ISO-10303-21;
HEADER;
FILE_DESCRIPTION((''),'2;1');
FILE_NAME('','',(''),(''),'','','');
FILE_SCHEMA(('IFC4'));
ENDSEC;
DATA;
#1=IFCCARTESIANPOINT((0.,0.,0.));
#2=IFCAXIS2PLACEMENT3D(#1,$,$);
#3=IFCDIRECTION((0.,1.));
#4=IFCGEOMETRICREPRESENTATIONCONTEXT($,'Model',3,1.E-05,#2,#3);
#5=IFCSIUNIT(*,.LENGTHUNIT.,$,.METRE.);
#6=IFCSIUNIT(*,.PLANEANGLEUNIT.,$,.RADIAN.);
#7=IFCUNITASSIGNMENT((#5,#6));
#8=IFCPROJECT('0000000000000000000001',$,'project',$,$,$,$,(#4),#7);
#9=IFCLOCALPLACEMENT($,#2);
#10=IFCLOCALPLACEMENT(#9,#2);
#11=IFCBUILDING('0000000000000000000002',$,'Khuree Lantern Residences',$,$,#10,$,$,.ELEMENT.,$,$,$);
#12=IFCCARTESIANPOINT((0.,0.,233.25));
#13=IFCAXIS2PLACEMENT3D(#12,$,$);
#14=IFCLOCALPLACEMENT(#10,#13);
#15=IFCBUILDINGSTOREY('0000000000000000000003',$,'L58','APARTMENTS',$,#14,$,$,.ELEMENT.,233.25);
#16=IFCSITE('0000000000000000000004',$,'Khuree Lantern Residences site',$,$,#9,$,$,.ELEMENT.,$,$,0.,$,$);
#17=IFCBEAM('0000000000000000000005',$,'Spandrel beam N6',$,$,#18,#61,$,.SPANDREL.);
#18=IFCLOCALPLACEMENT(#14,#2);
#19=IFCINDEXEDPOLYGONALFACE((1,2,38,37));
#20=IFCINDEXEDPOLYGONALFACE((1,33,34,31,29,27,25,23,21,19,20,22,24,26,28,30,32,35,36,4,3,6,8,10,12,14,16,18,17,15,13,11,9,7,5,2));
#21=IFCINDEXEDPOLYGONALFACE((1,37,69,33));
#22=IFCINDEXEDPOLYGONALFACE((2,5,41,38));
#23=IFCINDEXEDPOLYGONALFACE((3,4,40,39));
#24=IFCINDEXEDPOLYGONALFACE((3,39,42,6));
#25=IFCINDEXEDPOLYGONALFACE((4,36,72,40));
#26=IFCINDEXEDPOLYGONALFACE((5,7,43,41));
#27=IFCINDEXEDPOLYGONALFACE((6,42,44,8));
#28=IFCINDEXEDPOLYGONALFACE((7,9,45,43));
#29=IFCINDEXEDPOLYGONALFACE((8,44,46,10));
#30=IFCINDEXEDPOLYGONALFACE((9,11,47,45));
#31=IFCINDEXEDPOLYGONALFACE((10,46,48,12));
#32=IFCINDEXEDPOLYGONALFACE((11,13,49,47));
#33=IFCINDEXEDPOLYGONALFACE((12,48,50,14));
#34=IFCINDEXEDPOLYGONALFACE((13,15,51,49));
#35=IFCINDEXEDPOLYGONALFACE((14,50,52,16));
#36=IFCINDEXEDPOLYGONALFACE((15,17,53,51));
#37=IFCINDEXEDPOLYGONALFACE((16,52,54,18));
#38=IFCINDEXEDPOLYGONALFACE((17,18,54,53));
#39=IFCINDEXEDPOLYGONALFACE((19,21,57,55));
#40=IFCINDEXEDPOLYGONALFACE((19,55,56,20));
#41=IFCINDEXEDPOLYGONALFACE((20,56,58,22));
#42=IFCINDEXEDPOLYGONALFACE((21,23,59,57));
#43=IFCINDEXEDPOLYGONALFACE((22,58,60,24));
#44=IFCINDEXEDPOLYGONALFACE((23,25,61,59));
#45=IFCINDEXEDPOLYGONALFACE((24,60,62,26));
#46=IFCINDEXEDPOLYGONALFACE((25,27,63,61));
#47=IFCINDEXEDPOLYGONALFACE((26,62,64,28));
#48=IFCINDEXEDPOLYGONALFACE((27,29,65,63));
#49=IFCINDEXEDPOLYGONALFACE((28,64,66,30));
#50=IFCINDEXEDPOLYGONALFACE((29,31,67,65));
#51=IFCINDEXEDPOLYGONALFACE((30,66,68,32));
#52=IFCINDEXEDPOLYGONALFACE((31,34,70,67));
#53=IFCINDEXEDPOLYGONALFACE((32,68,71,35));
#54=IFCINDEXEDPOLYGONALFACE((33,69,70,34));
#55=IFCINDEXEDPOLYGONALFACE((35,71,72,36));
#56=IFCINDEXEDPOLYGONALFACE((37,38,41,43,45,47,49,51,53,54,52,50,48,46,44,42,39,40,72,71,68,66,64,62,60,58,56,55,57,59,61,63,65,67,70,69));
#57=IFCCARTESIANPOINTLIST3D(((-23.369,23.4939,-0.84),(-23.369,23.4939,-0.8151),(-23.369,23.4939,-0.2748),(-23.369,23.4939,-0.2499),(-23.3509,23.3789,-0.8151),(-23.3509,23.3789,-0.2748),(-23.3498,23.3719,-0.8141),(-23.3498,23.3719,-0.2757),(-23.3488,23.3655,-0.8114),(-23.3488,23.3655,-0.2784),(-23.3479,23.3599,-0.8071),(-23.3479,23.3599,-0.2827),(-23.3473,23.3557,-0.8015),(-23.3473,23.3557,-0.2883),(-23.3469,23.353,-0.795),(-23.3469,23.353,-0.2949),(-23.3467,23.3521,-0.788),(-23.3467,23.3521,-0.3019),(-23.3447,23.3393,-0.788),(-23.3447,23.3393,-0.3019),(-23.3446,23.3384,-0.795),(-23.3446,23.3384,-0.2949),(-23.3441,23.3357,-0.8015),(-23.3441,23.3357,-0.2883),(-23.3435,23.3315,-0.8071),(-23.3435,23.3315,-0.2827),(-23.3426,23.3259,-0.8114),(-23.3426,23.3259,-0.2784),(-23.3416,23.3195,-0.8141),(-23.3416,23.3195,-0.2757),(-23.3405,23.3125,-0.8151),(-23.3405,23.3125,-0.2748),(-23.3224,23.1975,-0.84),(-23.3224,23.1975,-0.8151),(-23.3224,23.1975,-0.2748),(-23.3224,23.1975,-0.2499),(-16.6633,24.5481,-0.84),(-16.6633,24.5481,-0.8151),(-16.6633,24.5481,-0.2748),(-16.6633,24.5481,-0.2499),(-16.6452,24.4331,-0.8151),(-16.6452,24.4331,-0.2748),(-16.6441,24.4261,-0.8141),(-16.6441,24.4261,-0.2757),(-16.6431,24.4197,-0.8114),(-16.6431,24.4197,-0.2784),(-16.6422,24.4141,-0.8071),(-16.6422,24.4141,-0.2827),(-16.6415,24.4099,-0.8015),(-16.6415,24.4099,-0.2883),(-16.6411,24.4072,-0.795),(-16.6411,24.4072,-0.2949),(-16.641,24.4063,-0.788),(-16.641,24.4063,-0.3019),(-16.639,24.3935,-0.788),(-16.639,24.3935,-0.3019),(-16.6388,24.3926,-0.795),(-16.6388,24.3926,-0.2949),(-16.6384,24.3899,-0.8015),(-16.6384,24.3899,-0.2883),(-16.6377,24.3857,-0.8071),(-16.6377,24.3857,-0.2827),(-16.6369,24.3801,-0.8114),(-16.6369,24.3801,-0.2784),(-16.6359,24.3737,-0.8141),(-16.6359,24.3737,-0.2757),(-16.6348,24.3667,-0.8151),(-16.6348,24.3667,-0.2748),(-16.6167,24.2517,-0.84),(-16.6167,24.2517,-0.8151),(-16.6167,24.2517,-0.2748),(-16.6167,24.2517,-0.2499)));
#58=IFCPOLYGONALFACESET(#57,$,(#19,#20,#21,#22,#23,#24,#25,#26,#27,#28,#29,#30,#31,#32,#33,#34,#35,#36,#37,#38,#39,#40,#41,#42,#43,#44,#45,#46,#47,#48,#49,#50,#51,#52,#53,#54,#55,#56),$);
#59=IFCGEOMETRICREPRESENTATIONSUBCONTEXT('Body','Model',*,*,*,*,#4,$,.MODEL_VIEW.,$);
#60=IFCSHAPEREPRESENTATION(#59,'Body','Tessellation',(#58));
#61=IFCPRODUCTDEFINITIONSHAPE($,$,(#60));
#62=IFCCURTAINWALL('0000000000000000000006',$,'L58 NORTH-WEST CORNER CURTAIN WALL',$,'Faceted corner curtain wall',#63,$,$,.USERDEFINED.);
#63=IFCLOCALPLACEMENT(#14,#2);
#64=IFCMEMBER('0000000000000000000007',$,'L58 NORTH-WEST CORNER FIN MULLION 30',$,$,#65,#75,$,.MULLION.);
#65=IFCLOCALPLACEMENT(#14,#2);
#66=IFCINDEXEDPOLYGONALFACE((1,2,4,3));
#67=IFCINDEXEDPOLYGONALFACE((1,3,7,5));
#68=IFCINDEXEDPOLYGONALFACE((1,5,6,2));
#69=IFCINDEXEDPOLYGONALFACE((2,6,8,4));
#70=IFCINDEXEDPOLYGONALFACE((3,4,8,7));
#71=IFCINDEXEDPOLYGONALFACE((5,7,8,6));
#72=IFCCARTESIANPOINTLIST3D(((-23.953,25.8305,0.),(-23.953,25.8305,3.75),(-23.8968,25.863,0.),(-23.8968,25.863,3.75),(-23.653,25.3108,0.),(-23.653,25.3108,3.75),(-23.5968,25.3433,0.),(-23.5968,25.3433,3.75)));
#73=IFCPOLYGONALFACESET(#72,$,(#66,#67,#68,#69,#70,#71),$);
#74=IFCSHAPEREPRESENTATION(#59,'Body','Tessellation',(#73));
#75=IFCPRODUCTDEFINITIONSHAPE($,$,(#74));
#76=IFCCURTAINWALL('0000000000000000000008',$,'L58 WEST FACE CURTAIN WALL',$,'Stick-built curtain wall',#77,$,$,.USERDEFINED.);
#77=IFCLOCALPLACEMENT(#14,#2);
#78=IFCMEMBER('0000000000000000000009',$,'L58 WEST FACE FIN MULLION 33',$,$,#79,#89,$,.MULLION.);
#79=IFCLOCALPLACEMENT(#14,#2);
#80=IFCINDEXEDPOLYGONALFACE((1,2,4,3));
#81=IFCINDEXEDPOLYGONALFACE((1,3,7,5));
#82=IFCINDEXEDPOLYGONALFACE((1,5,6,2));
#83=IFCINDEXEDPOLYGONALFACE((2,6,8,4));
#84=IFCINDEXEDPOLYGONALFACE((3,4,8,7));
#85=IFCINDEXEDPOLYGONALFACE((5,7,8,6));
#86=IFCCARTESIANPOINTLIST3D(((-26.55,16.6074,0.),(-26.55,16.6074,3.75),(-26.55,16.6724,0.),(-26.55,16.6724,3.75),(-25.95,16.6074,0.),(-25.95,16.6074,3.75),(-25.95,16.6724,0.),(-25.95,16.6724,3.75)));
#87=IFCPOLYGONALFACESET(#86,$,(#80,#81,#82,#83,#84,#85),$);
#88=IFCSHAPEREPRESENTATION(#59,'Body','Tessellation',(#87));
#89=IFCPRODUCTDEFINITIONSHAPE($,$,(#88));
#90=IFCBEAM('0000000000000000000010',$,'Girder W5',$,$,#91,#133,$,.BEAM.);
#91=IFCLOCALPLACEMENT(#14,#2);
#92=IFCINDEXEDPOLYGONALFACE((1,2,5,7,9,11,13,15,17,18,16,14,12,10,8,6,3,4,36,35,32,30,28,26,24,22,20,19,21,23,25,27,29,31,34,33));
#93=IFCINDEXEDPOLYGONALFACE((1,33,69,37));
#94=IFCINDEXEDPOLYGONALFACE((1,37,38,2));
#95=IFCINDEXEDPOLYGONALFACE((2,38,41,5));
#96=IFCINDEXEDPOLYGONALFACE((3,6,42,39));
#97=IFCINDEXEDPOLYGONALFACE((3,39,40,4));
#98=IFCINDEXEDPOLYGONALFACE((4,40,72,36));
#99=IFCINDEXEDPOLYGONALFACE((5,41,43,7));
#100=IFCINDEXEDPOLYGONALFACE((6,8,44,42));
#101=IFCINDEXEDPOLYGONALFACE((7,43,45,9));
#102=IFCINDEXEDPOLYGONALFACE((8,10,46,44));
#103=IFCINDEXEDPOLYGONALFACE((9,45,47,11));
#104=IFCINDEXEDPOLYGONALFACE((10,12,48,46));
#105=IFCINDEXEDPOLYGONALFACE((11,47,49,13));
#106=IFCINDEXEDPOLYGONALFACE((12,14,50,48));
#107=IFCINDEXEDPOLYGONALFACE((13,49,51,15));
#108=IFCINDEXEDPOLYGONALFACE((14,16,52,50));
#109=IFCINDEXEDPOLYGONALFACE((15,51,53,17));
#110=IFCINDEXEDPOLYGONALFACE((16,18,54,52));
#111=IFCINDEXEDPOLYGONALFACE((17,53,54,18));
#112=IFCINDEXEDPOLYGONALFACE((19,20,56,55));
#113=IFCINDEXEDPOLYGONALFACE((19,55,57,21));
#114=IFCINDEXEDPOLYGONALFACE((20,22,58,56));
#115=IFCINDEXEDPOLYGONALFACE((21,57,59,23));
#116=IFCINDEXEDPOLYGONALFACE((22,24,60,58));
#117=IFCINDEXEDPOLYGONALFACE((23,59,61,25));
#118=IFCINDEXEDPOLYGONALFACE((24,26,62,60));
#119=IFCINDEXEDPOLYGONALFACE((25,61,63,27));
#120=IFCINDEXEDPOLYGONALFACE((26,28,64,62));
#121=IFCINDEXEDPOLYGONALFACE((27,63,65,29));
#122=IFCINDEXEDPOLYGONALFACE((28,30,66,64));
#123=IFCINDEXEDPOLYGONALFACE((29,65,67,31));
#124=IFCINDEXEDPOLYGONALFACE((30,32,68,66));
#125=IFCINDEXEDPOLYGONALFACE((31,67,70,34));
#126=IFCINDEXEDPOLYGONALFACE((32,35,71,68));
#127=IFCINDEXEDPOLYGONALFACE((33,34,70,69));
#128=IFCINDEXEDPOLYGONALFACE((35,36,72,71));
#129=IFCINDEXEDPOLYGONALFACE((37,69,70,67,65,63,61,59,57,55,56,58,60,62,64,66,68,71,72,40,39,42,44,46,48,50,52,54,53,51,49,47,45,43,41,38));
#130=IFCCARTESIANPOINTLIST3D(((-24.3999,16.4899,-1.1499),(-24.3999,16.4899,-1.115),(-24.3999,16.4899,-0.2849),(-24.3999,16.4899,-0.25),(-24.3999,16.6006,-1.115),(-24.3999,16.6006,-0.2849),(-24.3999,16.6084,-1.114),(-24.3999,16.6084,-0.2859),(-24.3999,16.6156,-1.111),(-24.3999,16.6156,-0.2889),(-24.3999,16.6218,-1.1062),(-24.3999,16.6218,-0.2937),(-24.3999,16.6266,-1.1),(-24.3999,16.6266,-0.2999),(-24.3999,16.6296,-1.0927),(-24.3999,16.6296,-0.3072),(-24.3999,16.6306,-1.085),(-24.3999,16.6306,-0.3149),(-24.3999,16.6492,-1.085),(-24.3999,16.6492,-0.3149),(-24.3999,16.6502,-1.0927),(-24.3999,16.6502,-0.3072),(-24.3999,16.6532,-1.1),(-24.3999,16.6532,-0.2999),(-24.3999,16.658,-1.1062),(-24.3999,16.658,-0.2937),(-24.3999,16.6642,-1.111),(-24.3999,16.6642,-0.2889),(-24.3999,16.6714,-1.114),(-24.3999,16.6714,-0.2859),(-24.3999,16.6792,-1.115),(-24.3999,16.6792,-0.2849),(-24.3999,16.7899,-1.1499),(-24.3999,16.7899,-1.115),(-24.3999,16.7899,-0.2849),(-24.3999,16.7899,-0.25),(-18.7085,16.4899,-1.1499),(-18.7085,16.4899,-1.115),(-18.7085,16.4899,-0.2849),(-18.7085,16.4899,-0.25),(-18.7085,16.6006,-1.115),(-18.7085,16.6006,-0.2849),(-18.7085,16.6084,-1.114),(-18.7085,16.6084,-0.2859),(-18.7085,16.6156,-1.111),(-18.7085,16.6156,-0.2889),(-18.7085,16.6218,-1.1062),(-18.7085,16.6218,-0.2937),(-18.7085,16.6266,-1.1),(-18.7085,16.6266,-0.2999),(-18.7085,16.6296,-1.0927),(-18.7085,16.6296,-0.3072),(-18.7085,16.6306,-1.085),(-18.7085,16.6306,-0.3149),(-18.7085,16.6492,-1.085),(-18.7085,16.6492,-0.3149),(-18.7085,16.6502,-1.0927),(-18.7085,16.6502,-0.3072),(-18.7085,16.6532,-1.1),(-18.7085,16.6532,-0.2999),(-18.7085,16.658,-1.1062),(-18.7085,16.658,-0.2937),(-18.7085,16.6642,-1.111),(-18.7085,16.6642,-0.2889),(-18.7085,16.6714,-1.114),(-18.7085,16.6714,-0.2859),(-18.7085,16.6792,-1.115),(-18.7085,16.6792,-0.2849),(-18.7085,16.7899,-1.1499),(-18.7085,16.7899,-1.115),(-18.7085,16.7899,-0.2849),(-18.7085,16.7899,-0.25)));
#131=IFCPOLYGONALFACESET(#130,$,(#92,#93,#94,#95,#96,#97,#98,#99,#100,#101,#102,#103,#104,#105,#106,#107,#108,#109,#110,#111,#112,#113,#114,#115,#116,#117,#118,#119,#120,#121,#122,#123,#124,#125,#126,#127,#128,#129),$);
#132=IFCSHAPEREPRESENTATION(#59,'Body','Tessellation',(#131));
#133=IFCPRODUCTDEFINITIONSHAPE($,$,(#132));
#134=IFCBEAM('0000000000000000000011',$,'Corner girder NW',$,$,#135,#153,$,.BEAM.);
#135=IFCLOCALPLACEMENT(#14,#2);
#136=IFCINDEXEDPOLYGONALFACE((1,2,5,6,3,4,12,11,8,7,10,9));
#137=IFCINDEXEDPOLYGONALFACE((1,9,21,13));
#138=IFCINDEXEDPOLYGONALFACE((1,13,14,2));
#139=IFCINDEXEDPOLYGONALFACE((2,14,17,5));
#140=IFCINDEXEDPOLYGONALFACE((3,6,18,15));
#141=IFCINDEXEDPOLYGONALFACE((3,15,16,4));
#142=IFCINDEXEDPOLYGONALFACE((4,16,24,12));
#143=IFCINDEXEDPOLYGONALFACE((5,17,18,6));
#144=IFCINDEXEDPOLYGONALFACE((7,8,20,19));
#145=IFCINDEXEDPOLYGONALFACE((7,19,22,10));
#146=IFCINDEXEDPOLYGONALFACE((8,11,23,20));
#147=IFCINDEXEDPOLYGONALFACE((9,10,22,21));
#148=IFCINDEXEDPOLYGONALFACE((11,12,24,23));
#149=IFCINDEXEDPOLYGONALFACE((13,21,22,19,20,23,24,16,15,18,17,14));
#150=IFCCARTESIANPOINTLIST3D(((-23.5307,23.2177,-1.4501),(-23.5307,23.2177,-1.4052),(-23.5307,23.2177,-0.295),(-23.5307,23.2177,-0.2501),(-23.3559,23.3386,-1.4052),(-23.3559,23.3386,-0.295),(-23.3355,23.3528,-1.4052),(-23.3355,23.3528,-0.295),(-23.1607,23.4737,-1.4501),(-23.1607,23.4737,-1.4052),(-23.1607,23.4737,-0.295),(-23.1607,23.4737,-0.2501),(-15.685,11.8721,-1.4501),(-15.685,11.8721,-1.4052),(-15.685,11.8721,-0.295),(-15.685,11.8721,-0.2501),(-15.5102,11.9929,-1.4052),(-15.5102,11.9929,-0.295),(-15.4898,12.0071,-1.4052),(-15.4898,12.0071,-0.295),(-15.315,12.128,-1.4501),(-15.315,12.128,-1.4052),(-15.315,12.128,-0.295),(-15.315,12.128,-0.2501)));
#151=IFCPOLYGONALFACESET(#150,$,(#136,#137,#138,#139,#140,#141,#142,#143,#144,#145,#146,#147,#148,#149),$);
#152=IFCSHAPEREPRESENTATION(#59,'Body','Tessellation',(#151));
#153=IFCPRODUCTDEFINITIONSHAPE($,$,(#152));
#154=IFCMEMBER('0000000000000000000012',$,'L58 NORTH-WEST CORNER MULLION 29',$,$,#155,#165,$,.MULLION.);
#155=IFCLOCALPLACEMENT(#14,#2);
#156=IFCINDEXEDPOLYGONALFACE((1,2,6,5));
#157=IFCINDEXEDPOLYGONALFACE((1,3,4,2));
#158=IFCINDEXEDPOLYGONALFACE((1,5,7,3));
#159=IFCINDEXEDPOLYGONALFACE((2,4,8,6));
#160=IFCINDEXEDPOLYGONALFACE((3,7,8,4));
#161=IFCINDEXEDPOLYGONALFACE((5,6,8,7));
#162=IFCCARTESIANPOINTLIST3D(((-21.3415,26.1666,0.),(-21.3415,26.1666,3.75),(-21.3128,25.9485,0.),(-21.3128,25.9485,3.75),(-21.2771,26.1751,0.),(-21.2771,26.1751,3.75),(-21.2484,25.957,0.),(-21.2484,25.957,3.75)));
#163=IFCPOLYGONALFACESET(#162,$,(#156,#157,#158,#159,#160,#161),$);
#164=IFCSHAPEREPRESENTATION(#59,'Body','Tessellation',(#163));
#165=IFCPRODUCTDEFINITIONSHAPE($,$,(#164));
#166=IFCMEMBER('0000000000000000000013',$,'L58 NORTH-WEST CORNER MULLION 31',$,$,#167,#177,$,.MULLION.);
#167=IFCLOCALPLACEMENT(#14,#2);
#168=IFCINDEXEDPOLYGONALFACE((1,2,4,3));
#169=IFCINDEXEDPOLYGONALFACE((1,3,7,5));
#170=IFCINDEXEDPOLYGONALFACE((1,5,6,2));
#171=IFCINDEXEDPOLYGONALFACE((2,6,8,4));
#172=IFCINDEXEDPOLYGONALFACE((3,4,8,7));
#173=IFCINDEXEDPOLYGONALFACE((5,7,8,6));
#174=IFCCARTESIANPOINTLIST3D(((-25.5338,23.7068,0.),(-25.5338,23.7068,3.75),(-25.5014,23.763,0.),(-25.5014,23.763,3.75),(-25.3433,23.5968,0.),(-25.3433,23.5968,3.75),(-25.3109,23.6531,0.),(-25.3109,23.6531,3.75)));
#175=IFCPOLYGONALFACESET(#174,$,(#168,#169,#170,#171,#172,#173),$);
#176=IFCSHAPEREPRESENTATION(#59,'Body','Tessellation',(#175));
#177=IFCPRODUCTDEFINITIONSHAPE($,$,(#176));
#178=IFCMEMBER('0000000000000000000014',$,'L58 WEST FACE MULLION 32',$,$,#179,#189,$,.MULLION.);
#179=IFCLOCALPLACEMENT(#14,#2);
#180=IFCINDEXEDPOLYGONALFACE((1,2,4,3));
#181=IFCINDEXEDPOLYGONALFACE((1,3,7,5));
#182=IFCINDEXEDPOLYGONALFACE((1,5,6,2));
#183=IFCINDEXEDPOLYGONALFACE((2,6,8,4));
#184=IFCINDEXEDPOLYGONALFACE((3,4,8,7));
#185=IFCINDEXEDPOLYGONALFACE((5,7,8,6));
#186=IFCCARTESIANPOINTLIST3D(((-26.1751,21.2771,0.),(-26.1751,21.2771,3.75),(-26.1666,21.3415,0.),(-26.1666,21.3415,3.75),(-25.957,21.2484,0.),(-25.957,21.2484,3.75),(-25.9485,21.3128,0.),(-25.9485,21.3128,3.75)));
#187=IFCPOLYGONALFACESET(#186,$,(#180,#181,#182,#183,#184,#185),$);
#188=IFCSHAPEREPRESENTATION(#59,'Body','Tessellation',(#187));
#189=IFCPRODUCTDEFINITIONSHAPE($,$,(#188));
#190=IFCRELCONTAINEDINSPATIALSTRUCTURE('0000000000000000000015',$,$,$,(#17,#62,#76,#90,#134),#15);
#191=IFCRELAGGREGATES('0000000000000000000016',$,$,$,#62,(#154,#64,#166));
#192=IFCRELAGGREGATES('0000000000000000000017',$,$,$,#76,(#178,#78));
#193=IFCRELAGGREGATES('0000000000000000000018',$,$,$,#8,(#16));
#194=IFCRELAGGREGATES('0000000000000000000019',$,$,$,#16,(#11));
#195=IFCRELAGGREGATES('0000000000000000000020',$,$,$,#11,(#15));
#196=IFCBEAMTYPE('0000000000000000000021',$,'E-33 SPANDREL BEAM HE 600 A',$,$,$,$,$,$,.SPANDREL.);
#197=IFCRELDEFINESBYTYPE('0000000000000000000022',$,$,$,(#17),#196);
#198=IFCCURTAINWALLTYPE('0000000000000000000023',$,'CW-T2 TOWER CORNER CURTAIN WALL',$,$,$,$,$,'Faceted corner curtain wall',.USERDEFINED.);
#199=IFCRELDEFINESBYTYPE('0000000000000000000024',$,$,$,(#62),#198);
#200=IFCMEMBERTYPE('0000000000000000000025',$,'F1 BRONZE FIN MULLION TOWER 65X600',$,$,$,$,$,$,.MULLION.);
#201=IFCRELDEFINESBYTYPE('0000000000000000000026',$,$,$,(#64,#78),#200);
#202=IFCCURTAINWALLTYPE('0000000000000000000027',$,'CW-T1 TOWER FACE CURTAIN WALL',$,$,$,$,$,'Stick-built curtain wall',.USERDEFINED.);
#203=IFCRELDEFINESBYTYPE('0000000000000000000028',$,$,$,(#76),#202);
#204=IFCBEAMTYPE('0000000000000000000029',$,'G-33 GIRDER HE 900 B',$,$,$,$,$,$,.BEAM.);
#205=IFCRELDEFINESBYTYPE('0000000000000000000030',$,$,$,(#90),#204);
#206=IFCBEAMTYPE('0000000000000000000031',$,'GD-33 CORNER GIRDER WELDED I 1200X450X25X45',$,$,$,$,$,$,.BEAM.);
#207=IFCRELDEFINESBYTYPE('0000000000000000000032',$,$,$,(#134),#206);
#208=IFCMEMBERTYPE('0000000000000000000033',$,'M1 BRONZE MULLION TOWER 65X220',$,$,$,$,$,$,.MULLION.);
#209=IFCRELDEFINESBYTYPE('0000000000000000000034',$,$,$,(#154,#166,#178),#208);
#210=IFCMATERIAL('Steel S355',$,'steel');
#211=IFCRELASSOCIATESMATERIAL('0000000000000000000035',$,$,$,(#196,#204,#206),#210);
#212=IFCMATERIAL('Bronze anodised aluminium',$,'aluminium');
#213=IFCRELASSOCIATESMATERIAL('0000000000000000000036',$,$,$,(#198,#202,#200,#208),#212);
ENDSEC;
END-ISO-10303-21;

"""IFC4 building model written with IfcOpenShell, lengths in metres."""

from ifc_helpers import new_model, si_unit, direction, frame, origin, origin_2d, place, context, subcontext, project, spatial, rectangle, i_section, extrude, material, material_profile, profile_set, type_object, element, aggregate, save


model = new_model("IFC4")

# Units and contexts
model_context = context("Model", 3, precision=1e-05, world=origin(), true_north=direction((0.0, 1.0)))
body_context = subcontext(model_context, "Body", "Model", "MODEL_VIEW")
ifc_project = project(units=[si_unit("LENGTHUNIT", "METRE"), si_unit("PLANEANGLEUNIT", "RADIAN")], contexts=[model_context])

# Site, building, storey
site_placement = place(None, origin())
site = spatial("IfcSite", under=ifc_project, at=site_placement, Name="Khuree Lantern Residences site", CompositionType="ELEMENT", RefElevation=0.0)
building_placement = place(site_placement, origin())
building = spatial("IfcBuilding", under=site, at=building_placement, Name="Khuree Lantern Residences", CompositionType="ELEMENT")
storey_placement = place(building_placement, frame((0.0, 0.0, 233.25)))
storey = spatial("IfcBuildingStorey", under=building, at=storey_placement, Name="L58", Description="APARTMENTS", CompositionType="ELEMENT", Elevation=233.25)

# Beam
ifc_material_1 = material(Name="Steel S355", Category="steel")
ifc_material_profile_1 = material_profile(ifc_material_1, i_section(OverallWidth=0.3, OverallDepth=0.5901, WebThickness=0.0129, FlangeThickness=0.0249, FilletRadius=0.0271, at=origin_2d()), Name="HE 600 A")
ifc_profile_set_1 = profile_set([ifc_material_profile_1], Name="Steel S355")
beam_type_1 = type_object("IfcBeamType", Name="E-33 SPANDREL BEAM HE 600 A", PredefinedType="SPANDREL", material=ifc_profile_set_1)
for number, where, z_axis, x_axis, name in (
    (1, (-23.3457, 23.3457, -0.5449), (0.987867, 0.1553, 0.0), (-0.1553, 0.987867, 0.0), "Spandrel beam N6"),
):
    element("IfcBeam", number, at=place(storey_placement, frame(where, z_axis=z_axis, x_axis=x_axis)), inside=storey, type_object=beam_type_1, Name=name, PredefinedType="SPANDREL", context=body_context, shape_type="SweptSolid", body=[
        extrude(i_section(OverallWidth=0.3, OverallDepth=0.5901, WebThickness=0.0129, FlangeThickness=0.0249, FilletRadius=0.0271, at=origin_2d()), origin(), (0.0, 0.0, 1.0), 6.7881),
    ])

# Curtain walls, members
ifc_material_2 = material(Name="Bronze anodised aluminium", Category="aluminium")
curtain_wall_type_1 = type_object("IfcCurtainWallType", Name="CW-T2 TOWER CORNER CURTAIN WALL", ElementType="Faceted corner curtain wall", PredefinedType="USERDEFINED", material=ifc_material_2)
curtain_wall_1_placement = place(storey_placement, origin())
curtain_wall_1 = element("IfcCurtainWall", 2, at=curtain_wall_1_placement, inside=storey, type_object=curtain_wall_type_1, Name="L58 NORTH-WEST CORNER CURTAIN WALL", ObjectType="Faceted corner curtain wall", PredefinedType="USERDEFINED")
ifc_material_profile_2 = material_profile(ifc_material_2, rectangle(XDim=0.0649, YDim=0.6001, at=origin_2d()), Name="F1 65X600")
ifc_profile_set_2 = profile_set([ifc_material_profile_2], Name="Bronze anodised aluminium")
member_type_1 = type_object("IfcMemberType", Name="F1 BRONZE FIN MULLION TOWER 65X600", PredefinedType="MULLION", material=ifc_profile_set_2)
member_1_placement = place(storey_placement, frame((-23.7749, 25.5869, 0.0), z_axis=(0.0, 0.0, 1.0), x_axis=(-0.866025, -0.5, 0.0)))
member_1 = element("IfcMember", 3, at=member_1_placement, type_object=member_type_1, Name="L58 NORTH-WEST CORNER FIN MULLION 30", PredefinedType="MULLION", context=body_context, shape_type="SweptSolid", body=[
    extrude(rectangle(XDim=0.0649, YDim=0.6001, at=origin_2d()), origin(), (0.0, 0.0, 1.0), 3.75),
])
curtain_wall_type_2 = type_object("IfcCurtainWallType", Name="CW-T1 TOWER FACE CURTAIN WALL", ElementType="Stick-built curtain wall", PredefinedType="USERDEFINED", material=ifc_material_2)
curtain_wall_2_placement = place(storey_placement, origin())
curtain_wall_2 = element("IfcCurtainWall", 4, at=curtain_wall_2_placement, inside=storey, type_object=curtain_wall_type_2, Name="L58 WEST FACE CURTAIN WALL", ObjectType="Stick-built curtain wall", PredefinedType="USERDEFINED")
member_2_placement = place(storey_placement, frame((-26.25, 16.6399, 0.0), z_axis=(0.0, 0.0, 1.0), x_axis=(0.0, -1.0, 0.0)))
member_2 = element("IfcMember", 5, at=member_2_placement, type_object=member_type_1, Name="L58 WEST FACE FIN MULLION 33", PredefinedType="MULLION", context=body_context, shape_type="SweptSolid", body=[
    extrude(rectangle(XDim=0.0649, YDim=0.6001, at=origin_2d()), origin(), (0.0, 0.0, 1.0), 3.75),
])

# Beams
ifc_material_profile_3 = material_profile(ifc_material_1, i_section(OverallWidth=0.3, OverallDepth=0.8999, WebThickness=0.0186, FlangeThickness=0.0349, FilletRadius=0.03, at=origin_2d()), Name="HE 900 B")
ifc_profile_set_3 = profile_set([ifc_material_profile_3], Name="Steel S355")
beam_type_2 = type_object("IfcBeamType", Name="G-33 GIRDER HE 900 B", PredefinedType="BEAM", material=ifc_profile_set_3)
beam_1_placement = place(storey_placement, frame((-24.3999, 16.6399, -0.7), z_axis=(1.0, 0.0, 0.0), x_axis=(0.0, 1.0, 0.0)))
element("IfcBeam", 6, at=beam_1_placement, inside=storey, type_object=beam_type_2, Name="Girder W5", PredefinedType="BEAM", context=body_context, shape_type="SweptSolid", body=[
    extrude(i_section(OverallWidth=0.3, OverallDepth=0.8999, WebThickness=0.0186, FlangeThickness=0.0349, FilletRadius=0.03, at=origin_2d()), origin(), (0.0, 0.0, 1.0), 5.6914),
])
ifc_material_profile_4 = material_profile(ifc_material_1, i_section(OverallWidth=0.45, OverallDepth=1.2, WebThickness=0.0249, FlangeThickness=0.0449, at=origin_2d()), Name="WELDED I 1200X450X25X45")
ifc_profile_set_4 = profile_set([ifc_material_profile_4], Name="Steel S355")
beam_type_3 = type_object("IfcBeamType", Name="GD-33 CORNER GIRDER WELDED I 1200X450X25X45", PredefinedType="BEAM", material=ifc_profile_set_4)
beam_2_placement = place(storey_placement, frame((-23.3457, 23.3457, -0.8501), z_axis=(0.568768, -0.822498, 0.0), x_axis=(0.822498, 0.568768, 0.0)))
element("IfcBeam", 7, at=beam_2_placement, inside=storey, type_object=beam_type_3, Name="Corner girder NW", PredefinedType="BEAM", context=body_context, shape_type="SweptSolid", body=[
    extrude(i_section(OverallWidth=0.45, OverallDepth=1.2, WebThickness=0.0249, FlangeThickness=0.0449, at=origin_2d()), origin(), (0.0, 0.0, 1.0), 13.7942),
])

# Members
ifc_material_profile_5 = material_profile(ifc_material_2, rectangle(XDim=0.0649, YDim=0.22, at=origin_2d()), Name="M1 65X220")
ifc_profile_set_5 = profile_set([ifc_material_profile_5], Name="Bronze anodised aluminium")
member_type_2 = type_object("IfcMemberType", Name="M1 BRONZE MULLION TOWER 65X220", PredefinedType="MULLION", material=ifc_profile_set_5)
member_3_placement = place(storey_placement, frame((-21.2949, 26.0618, 0.0), z_axis=(0.0, 0.0, 1.0), x_axis=(-0.991445, -0.130526, 0.0)))
member_3 = element("IfcMember", 8, at=member_3_placement, type_object=member_type_2, Name="L58 NORTH-WEST CORNER MULLION 29", PredefinedType="MULLION", context=body_context, shape_type="SweptSolid", body=[
    extrude(rectangle(XDim=0.0649, YDim=0.22, at=origin_2d()), origin(), (0.0, 0.0, 1.0), 3.75),
])
member_4_placement = place(storey_placement, frame((-25.4224, 23.6799, 0.0), z_axis=(0.0, 0.0, 1.0), x_axis=(-0.5, -0.866025, 0.0)))
member_4 = element("IfcMember", 9, at=member_4_placement, type_object=member_type_2, Name="L58 NORTH-WEST CORNER MULLION 31", PredefinedType="MULLION", context=body_context, shape_type="SweptSolid", body=[
    extrude(rectangle(XDim=0.0649, YDim=0.22, at=origin_2d()), origin(), (0.0, 0.0, 1.0), 3.75),
])
member_5_placement = place(storey_placement, frame((-26.0618, 21.2949, 0.0), z_axis=(0.0, 0.0, 1.0), x_axis=(-0.130526, -0.991445, 0.0)))
member_5 = element("IfcMember", 10, at=member_5_placement, type_object=member_type_2, Name="L58 WEST FACE MULLION 32", PredefinedType="MULLION", context=body_context, shape_type="SweptSolid", body=[
    extrude(rectangle(XDim=0.0649, YDim=0.22, at=origin_2d()), origin(), (0.0, 0.0, 1.0), 3.75),
])

aggregate(curtain_wall_1, [member_3, member_1, member_4])

aggregate(curtain_wall_2, [member_5, member_2])

save(model, "model.ifc")
